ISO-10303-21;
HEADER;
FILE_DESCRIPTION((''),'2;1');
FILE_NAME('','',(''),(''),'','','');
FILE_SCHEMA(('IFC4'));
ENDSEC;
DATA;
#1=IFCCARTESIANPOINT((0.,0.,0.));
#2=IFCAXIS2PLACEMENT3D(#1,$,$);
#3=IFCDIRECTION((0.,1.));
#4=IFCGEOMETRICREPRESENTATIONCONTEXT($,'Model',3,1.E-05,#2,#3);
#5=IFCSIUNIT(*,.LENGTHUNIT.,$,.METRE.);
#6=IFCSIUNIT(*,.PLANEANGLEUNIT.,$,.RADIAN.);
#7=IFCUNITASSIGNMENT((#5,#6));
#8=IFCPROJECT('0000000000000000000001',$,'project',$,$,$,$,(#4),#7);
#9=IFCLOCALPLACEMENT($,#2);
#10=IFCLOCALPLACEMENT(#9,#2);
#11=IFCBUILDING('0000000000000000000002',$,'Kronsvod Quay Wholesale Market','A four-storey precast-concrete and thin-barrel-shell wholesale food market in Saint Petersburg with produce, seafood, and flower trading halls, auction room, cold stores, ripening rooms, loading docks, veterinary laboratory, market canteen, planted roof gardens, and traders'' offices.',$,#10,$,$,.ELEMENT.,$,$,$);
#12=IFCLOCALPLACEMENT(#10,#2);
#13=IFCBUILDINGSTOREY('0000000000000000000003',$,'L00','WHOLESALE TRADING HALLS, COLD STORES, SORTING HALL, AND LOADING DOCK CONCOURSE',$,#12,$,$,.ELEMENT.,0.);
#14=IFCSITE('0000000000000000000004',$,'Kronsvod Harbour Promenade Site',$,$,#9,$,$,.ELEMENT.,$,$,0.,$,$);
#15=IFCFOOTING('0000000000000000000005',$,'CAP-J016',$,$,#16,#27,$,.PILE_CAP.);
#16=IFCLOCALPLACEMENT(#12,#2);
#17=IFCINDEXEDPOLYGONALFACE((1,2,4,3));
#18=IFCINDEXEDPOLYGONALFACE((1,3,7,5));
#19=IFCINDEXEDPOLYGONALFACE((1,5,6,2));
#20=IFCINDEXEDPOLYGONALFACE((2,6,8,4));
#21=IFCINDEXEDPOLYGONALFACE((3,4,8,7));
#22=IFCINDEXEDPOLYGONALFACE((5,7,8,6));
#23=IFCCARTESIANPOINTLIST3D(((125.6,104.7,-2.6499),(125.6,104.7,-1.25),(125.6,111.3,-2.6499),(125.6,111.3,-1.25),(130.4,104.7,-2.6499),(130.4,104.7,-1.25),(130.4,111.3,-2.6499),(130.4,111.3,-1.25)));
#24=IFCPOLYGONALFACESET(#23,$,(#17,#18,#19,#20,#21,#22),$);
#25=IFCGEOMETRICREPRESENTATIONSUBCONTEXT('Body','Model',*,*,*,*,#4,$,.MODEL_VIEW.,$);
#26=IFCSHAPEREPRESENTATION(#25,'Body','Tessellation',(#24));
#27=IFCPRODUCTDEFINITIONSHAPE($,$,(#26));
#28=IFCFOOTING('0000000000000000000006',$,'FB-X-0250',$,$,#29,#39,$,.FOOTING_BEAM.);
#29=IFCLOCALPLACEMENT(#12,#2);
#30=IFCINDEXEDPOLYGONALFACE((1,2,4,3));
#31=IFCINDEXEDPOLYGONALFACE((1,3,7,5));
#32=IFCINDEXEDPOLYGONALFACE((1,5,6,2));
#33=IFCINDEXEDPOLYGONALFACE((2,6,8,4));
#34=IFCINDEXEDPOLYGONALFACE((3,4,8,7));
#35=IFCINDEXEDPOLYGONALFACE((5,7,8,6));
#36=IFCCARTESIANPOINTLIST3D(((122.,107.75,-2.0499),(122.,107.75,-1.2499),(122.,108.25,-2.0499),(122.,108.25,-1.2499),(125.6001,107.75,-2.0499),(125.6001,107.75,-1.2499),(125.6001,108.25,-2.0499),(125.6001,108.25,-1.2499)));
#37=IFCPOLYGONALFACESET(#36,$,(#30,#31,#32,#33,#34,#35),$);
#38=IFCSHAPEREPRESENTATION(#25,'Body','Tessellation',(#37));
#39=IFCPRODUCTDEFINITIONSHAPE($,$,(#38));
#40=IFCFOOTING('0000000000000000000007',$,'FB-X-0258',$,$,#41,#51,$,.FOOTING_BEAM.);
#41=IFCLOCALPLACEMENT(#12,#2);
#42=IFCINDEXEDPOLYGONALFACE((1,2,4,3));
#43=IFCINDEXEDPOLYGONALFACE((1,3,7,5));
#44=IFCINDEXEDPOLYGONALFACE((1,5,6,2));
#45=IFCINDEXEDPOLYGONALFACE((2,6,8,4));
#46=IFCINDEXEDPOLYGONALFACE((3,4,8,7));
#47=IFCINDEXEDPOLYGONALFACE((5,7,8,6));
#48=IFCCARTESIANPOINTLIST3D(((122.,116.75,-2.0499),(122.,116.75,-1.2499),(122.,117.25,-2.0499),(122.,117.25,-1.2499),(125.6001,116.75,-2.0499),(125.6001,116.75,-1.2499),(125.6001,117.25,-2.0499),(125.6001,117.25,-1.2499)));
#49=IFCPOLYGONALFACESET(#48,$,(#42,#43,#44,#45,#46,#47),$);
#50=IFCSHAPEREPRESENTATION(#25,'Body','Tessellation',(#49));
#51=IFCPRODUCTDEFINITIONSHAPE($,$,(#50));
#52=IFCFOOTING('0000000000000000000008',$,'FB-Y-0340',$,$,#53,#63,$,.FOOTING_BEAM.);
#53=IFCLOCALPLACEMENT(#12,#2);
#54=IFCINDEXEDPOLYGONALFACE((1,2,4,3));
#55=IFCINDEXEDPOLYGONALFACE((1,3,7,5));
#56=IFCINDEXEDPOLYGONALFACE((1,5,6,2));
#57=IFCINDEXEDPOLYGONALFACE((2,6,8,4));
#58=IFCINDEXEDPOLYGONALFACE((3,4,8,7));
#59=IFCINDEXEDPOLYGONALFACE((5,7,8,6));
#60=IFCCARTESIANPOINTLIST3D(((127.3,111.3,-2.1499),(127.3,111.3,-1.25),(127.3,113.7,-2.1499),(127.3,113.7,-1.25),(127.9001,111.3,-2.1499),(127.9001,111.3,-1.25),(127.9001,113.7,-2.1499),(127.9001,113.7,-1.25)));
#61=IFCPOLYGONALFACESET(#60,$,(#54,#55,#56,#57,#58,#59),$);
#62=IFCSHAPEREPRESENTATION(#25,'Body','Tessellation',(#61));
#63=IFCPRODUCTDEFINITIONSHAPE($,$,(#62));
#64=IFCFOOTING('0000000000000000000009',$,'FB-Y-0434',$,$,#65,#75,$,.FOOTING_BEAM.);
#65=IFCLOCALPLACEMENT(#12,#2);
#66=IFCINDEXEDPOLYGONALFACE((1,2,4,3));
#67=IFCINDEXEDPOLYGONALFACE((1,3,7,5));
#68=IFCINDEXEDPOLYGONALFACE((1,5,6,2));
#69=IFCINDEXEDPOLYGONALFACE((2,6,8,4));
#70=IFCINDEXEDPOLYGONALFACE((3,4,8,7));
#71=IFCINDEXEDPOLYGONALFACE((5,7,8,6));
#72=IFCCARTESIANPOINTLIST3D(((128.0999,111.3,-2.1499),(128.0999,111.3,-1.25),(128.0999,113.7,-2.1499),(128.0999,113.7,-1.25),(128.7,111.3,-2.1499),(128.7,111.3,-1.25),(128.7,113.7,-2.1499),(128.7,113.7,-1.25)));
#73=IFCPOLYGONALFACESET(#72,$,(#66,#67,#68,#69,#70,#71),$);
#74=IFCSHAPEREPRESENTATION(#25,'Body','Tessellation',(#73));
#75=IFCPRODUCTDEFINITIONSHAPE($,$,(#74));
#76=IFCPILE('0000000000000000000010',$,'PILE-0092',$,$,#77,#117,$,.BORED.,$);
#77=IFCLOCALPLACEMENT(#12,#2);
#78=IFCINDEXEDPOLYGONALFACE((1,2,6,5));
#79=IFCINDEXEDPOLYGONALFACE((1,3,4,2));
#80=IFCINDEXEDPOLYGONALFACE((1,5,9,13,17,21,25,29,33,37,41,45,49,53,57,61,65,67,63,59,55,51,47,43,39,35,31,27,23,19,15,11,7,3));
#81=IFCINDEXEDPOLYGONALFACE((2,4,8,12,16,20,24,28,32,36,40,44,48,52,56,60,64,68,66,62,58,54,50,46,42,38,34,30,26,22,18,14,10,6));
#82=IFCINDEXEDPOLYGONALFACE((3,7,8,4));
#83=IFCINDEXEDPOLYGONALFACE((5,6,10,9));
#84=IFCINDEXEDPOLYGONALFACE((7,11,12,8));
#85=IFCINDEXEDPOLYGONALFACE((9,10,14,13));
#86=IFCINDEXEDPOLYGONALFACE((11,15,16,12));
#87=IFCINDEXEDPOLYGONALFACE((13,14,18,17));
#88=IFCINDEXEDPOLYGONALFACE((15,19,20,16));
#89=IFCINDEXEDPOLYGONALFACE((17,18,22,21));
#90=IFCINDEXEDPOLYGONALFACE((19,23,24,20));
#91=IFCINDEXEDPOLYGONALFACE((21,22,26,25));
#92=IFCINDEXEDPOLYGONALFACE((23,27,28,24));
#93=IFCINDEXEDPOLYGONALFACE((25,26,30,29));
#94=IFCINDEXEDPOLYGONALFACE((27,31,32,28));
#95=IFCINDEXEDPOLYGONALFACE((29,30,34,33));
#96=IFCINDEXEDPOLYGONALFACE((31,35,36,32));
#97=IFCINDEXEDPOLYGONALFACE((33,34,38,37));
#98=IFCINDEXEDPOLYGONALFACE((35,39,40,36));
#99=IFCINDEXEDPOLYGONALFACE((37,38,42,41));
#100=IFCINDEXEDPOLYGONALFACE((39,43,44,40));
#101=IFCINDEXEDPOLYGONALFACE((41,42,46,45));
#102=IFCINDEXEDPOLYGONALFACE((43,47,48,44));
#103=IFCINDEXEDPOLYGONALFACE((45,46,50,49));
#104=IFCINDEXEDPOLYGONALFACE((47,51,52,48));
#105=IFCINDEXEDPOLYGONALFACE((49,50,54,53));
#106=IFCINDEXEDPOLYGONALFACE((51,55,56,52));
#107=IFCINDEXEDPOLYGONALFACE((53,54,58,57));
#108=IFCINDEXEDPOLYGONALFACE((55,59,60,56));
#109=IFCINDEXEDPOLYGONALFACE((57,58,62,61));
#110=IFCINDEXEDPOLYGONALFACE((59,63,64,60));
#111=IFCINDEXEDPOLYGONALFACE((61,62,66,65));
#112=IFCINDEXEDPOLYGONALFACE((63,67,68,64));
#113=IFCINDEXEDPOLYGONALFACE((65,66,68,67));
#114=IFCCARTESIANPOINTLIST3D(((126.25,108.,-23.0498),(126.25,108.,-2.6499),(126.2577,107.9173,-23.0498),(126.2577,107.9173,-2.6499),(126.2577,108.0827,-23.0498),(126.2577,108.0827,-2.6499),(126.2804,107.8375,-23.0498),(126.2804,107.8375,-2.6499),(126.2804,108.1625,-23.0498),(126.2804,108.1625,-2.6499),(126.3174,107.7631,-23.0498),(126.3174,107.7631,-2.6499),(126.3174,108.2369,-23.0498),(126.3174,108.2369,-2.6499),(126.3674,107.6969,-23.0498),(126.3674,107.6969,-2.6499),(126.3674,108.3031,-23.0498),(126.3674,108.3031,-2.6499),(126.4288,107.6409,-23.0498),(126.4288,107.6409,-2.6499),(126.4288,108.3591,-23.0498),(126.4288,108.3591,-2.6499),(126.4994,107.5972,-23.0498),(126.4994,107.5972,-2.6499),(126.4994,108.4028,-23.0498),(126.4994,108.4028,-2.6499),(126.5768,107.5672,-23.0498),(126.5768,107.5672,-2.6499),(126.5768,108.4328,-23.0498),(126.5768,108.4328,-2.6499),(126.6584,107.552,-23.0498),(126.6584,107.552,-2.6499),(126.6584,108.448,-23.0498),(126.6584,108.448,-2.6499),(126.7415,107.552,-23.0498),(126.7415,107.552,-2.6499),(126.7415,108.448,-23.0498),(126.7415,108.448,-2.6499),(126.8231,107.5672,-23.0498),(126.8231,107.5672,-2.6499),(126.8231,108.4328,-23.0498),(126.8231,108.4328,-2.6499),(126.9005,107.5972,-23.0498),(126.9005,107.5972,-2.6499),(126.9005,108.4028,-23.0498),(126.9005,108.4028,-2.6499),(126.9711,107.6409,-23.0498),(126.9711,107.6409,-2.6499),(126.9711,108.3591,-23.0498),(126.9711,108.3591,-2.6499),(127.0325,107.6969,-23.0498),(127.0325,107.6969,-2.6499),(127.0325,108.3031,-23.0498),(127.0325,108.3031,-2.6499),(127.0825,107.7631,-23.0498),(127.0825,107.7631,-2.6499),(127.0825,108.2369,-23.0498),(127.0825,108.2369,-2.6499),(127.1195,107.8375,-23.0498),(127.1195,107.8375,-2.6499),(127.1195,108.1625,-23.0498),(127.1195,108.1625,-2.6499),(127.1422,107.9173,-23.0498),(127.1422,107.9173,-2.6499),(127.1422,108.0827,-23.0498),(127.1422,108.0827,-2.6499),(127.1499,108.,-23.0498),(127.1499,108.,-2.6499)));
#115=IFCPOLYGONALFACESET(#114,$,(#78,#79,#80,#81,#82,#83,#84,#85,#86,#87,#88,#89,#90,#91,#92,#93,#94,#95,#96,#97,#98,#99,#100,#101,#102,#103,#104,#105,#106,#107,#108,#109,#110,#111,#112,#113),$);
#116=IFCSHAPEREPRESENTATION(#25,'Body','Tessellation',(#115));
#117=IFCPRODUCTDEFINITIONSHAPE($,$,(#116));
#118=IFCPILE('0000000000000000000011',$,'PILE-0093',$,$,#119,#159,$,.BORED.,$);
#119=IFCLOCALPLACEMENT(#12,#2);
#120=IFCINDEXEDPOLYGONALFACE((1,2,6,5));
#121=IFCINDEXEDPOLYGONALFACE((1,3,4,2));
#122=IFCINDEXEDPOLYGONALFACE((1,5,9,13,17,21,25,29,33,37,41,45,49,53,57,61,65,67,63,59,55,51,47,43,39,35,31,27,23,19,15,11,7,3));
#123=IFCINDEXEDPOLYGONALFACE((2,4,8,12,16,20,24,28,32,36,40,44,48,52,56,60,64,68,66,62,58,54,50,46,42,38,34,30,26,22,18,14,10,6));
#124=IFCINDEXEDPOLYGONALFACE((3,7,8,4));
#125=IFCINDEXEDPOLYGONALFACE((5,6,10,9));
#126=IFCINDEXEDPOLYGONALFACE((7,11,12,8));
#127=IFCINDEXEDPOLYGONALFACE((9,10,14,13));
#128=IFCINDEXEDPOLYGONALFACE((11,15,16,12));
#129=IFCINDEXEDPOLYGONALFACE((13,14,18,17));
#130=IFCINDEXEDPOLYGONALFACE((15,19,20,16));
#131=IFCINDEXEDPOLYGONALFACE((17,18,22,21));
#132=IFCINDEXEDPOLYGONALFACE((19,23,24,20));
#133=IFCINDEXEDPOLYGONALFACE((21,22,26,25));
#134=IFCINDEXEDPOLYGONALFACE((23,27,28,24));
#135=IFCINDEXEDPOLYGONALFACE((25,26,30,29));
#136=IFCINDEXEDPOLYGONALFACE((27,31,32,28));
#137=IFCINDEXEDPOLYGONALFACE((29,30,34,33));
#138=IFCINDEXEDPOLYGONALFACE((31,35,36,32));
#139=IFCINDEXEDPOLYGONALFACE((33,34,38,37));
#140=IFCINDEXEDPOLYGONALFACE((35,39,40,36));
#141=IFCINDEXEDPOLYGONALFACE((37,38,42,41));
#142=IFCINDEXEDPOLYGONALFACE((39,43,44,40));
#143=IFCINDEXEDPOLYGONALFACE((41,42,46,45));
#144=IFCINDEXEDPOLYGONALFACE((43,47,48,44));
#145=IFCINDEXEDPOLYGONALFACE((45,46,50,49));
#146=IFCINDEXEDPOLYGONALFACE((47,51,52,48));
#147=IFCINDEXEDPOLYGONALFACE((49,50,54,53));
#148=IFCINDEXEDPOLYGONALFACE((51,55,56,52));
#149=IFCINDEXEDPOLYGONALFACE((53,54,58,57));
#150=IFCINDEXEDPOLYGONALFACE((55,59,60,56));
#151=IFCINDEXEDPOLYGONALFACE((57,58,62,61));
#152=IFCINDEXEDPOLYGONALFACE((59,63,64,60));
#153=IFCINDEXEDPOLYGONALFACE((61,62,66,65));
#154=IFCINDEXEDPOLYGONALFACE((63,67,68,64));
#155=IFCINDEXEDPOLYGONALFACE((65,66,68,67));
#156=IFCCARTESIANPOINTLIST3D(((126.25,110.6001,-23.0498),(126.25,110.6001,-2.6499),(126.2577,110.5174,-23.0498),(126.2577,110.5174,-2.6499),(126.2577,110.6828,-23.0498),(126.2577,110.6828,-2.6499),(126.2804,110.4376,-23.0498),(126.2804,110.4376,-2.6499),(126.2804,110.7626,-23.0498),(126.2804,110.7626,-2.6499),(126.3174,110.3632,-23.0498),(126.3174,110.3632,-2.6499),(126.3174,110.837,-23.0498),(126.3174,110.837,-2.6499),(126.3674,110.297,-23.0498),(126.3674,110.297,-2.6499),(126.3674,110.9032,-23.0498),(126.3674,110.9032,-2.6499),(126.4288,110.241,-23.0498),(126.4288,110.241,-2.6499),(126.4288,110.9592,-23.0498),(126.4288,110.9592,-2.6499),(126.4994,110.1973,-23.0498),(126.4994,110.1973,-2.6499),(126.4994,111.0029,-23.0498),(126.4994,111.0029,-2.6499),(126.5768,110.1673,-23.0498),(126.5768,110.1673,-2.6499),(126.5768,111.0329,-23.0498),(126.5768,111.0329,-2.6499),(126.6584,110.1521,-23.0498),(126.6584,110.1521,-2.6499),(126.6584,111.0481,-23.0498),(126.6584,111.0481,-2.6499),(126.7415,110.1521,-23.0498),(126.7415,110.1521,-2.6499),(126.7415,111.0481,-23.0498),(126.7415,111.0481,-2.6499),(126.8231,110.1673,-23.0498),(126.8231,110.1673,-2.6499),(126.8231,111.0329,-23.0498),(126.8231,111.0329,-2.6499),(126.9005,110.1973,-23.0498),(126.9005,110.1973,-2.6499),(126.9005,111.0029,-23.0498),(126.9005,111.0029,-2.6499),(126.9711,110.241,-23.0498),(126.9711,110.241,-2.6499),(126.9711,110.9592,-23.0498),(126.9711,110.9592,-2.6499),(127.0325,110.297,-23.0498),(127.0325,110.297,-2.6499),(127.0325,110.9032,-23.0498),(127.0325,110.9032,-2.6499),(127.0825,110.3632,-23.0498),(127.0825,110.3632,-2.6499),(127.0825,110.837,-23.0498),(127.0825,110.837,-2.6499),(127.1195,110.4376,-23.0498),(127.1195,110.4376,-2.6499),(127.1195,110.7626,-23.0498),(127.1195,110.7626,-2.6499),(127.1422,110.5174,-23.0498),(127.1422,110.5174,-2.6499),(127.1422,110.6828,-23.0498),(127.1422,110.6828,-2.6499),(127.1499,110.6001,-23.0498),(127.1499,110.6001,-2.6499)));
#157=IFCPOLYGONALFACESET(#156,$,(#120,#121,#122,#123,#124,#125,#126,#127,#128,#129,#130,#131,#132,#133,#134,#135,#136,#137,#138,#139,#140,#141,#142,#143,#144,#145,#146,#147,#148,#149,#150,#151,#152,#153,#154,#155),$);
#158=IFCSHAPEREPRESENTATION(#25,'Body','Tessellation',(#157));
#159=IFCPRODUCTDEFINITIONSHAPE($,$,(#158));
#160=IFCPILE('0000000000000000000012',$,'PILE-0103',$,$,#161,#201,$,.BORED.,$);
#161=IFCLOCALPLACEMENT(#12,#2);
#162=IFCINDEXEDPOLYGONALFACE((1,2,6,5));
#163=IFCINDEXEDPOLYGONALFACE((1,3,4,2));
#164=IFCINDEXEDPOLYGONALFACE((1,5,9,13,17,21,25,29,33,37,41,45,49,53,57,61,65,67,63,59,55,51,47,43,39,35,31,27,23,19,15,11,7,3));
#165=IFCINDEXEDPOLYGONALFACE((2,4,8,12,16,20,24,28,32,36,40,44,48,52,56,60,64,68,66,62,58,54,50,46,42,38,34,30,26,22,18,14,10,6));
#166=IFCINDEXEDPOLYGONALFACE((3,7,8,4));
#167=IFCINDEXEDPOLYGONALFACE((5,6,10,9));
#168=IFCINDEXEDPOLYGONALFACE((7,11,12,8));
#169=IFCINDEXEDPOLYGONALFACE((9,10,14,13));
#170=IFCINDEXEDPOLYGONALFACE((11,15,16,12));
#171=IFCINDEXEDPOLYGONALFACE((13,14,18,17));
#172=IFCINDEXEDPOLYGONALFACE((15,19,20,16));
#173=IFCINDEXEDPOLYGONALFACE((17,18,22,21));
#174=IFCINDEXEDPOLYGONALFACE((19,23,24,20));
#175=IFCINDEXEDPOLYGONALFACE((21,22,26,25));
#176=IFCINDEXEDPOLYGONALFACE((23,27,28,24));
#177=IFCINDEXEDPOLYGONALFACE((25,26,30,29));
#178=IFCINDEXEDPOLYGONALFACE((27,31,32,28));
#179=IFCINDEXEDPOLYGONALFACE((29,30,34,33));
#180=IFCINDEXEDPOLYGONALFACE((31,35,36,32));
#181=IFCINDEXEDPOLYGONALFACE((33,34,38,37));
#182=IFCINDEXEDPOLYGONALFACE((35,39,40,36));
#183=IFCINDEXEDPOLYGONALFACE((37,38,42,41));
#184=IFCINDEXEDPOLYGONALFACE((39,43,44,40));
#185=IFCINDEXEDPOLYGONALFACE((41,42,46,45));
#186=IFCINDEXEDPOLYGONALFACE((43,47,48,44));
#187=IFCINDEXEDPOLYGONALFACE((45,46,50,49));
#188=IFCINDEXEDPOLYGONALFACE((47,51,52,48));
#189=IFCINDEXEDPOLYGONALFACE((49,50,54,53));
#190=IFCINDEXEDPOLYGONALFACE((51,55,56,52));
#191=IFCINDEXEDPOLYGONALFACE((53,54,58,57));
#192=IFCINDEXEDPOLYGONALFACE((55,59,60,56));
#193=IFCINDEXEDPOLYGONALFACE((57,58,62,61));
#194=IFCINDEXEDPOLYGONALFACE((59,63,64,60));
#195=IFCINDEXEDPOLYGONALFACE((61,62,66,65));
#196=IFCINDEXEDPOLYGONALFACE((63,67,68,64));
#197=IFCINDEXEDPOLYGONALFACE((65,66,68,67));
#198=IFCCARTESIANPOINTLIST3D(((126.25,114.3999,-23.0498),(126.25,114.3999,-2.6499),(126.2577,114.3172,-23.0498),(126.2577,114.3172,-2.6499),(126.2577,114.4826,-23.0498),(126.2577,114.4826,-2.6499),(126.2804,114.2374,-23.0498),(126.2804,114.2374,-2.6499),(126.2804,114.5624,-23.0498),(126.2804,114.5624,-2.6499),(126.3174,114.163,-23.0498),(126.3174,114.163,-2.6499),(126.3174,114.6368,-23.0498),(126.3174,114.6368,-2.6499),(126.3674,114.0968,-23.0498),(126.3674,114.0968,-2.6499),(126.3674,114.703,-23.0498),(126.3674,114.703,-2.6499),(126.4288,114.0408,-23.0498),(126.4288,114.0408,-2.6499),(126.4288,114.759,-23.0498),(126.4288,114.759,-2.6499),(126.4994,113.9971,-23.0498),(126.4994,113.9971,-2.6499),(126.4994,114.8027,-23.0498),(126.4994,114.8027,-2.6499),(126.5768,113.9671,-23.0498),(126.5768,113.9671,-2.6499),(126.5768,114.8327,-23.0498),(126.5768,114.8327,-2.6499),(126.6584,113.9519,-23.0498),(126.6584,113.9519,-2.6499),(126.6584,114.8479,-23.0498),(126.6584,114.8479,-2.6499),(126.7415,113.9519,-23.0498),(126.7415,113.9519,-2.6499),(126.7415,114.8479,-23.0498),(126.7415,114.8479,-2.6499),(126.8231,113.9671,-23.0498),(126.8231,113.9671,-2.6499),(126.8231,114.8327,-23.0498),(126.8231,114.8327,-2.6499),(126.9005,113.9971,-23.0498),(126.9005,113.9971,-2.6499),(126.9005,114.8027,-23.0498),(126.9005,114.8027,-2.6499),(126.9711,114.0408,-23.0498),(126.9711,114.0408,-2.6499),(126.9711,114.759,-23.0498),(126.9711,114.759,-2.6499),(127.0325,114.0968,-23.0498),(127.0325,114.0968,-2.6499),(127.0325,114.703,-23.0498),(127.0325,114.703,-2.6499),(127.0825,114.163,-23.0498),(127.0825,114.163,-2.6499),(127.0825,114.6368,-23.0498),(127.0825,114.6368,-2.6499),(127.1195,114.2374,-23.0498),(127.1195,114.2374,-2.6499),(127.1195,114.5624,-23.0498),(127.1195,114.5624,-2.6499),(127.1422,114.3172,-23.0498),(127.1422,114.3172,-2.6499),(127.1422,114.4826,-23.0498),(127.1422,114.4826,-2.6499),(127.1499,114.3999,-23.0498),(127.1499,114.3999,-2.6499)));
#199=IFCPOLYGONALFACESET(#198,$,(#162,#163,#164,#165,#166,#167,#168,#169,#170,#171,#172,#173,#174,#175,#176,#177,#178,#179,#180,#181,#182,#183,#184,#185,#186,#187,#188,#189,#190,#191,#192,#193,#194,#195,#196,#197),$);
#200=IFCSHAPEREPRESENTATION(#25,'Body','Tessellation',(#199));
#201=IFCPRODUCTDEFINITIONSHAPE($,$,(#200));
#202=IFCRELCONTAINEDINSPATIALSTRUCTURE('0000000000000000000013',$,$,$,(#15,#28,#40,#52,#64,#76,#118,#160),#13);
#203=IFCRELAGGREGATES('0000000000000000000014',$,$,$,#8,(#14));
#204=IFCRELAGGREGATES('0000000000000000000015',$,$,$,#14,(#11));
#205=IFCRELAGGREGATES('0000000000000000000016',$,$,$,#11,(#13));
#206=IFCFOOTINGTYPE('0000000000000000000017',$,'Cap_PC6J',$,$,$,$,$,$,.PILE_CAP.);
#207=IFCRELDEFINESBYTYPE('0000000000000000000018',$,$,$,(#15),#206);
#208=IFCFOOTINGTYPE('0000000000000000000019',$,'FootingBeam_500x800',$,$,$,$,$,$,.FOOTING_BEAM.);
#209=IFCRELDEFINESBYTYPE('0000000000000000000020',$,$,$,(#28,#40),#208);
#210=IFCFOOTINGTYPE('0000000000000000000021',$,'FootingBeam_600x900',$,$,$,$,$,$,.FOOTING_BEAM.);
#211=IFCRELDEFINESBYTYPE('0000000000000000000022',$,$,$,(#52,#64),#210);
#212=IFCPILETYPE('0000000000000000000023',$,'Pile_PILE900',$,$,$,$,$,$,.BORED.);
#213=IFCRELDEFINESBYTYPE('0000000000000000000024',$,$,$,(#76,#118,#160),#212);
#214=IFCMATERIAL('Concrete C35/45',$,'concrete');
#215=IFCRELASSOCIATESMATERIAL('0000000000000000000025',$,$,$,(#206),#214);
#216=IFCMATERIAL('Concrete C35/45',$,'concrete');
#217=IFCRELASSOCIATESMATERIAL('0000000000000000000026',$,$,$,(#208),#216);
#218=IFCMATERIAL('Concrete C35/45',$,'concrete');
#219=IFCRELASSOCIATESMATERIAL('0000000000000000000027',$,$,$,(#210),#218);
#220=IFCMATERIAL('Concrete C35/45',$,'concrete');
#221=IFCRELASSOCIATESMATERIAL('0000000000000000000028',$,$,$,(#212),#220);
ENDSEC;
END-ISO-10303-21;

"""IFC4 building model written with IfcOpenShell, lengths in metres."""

from ifc_helpers import new_model, si_unit, direction, frame, origin, origin_2d, place, context, subcontext, project, spatial, rectangle, circle, extrude, material, material_profile, profile_set, type_object, element, save


model = new_model("IFC4")

# Units and contexts
model_context = context("Model", 3, precision=1e-05, world=origin(), true_north=direction((0.0, 1.0)))
body_context = subcontext(model_context, "Body", "Model", "MODEL_VIEW")
ifc_project = project(units=[si_unit("LENGTHUNIT", "METRE"), si_unit("PLANEANGLEUNIT", "RADIAN")], contexts=[model_context])

# Site, building, storey
site_placement = place(None, origin())
site = spatial("IfcSite", under=ifc_project, at=site_placement, Name="Kronsvod Harbour Promenade Site", CompositionType="ELEMENT", RefElevation=0.0)
building_placement = place(site_placement, origin())
building = spatial("IfcBuilding", under=site, at=building_placement, Name="Kronsvod Quay Wholesale Market", Description="A four-storey precast-concrete and thin-barrel-shell wholesale food market in Saint Petersburg with produce, seafood, and flower trading halls, auction room, cold stores, ripening rooms, loading docks, veterinary laboratory, market canteen, planted roof gardens, and traders' offices.", CompositionType="ELEMENT")
storey_placement = place(building_placement, origin())
storey = spatial("IfcBuildingStorey", under=building, at=storey_placement, Name="L00", Description="WHOLESALE TRADING HALLS, COLD STORES, SORTING HALL, AND LOADING DOCK CONCOURSE", CompositionType="ELEMENT", Elevation=0.0)

# Footings
ifc_material_1 = material(Name="Concrete C35/45", Category="concrete")
footing_type_1 = type_object("IfcFootingType", Name="Cap_PC6J", PredefinedType="PILE_CAP", material=ifc_material_1)
footing_placement = place(storey_placement, frame((128.0, 108.0, -2.6499), z_axis=(0.0, 0.0, 1.0), x_axis=(1.0, 0.0, 0.0)))
element("IfcFooting", 1, at=footing_placement, inside=storey, type_object=footing_type_1, Name="CAP-J016", PredefinedType="PILE_CAP", context=body_context, shape_type="SweptSolid", body=[
    extrude(rectangle(XDim=4.8, YDim=6.6001, at=origin_2d()), origin(), (0.0, 0.0, 1.0), 1.3999),
])
ifc_material_2 = material(Name="Concrete C35/45", Category="concrete")
ifc_material_profile_1 = material_profile(ifc_material_2, rectangle(XDim=0.5, YDim=0.8, at=origin_2d()), Name="FB-01")
ifc_profile_set_1 = profile_set([ifc_material_profile_1], Name="Concrete C35/45")
footing_type_2 = type_object("IfcFootingType", Name="FootingBeam_500x800", PredefinedType="FOOTING_BEAM", material=ifc_profile_set_1)
for number, where, z_axis, x_axis, name in (
    (2, (122.0, 108.0, -1.6499), (1.0, 0.0, 0.0), (0.0, 1.0, 0.0), "FB-X-0250"),
    (3, (122.0, 117.0, -1.6499), (1.0, 0.0, 0.0), (0.0, 1.0, 0.0), "FB-X-0258"),
):
    element("IfcFooting", number, at=place(storey_placement, frame(where, z_axis=z_axis, x_axis=x_axis)), inside=storey, type_object=footing_type_2, Name=name, PredefinedType="FOOTING_BEAM", context=body_context, shape_type="SweptSolid", body=[
        extrude(rectangle(XDim=0.5, YDim=0.8, at=origin_2d()), origin(), (0.0, 0.0, 1.0), 3.6001),
    ])
ifc_material_3 = material(Name="Concrete C35/45", Category="concrete")
ifc_material_profile_2 = material_profile(ifc_material_3, rectangle(XDim=0.6001, YDim=0.8999, at=origin_2d()), Name="FB-02")
ifc_profile_set_2 = profile_set([ifc_material_profile_2], Name="Concrete C35/45")
footing_type_3 = type_object("IfcFootingType", Name="FootingBeam_600x900", PredefinedType="FOOTING_BEAM", material=ifc_profile_set_2)
for number, where, z_axis, x_axis, name in (
    (4, (127.6001, 111.3, -1.7), (0.0, 1.0, 0.0), (-1.0, 0.0, 0.0), "FB-Y-0340"),
    (5, (128.3999, 111.3, -1.7), (0.0, 1.0, 0.0), (-1.0, 0.0, 0.0), "FB-Y-0434"),
):
    element("IfcFooting", number, at=place(storey_placement, frame(where, z_axis=z_axis, x_axis=x_axis)), inside=storey, type_object=footing_type_3, Name=name, PredefinedType="FOOTING_BEAM", context=body_context, shape_type="SweptSolid", body=[
        extrude(rectangle(XDim=0.6001, YDim=0.8999, at=origin_2d()), origin(), (0.0, 0.0, 1.0), 2.3999),
    ])

# Piles
ifc_material_4 = material(Name="Concrete C35/45", Category="concrete")
ifc_material_profile_3 = material_profile(ifc_material_4, circle(Radius=0.45, at=origin_2d()), Name="PILE900")
ifc_profile_set_3 = profile_set([ifc_material_profile_3], Name="Concrete C35/45")
pile_type = type_object("IfcPileType", Name="Pile_PILE900", PredefinedType="BORED", material=ifc_profile_set_3)
for number, where, z_axis, x_axis, name in (
    (6, (126.7, 108.0, -2.6499), (0.0, 0.0, -1.0), (1.0, 0.0, 0.0), "PILE-0092"),
    (7, (126.7, 110.6001, -2.6499), (0.0, 0.0, -1.0), (1.0, 0.0, 0.0), "PILE-0093"),
    (8, (126.7, 114.3999, -2.6499), (0.0, 0.0, -1.0), (1.0, 0.0, 0.0), "PILE-0103"),
):
    element("IfcPile", number, at=place(storey_placement, frame(where, z_axis=z_axis, x_axis=x_axis)), inside=storey, type_object=pile_type, Name=name, PredefinedType="BORED", context=body_context, shape_type="SweptSolid", body=[
        extrude(circle(Radius=0.45, at=origin_2d()), origin(), (0.0, 0.0, 1.0), 20.3999),
    ])

save(model, "model.ifc")
